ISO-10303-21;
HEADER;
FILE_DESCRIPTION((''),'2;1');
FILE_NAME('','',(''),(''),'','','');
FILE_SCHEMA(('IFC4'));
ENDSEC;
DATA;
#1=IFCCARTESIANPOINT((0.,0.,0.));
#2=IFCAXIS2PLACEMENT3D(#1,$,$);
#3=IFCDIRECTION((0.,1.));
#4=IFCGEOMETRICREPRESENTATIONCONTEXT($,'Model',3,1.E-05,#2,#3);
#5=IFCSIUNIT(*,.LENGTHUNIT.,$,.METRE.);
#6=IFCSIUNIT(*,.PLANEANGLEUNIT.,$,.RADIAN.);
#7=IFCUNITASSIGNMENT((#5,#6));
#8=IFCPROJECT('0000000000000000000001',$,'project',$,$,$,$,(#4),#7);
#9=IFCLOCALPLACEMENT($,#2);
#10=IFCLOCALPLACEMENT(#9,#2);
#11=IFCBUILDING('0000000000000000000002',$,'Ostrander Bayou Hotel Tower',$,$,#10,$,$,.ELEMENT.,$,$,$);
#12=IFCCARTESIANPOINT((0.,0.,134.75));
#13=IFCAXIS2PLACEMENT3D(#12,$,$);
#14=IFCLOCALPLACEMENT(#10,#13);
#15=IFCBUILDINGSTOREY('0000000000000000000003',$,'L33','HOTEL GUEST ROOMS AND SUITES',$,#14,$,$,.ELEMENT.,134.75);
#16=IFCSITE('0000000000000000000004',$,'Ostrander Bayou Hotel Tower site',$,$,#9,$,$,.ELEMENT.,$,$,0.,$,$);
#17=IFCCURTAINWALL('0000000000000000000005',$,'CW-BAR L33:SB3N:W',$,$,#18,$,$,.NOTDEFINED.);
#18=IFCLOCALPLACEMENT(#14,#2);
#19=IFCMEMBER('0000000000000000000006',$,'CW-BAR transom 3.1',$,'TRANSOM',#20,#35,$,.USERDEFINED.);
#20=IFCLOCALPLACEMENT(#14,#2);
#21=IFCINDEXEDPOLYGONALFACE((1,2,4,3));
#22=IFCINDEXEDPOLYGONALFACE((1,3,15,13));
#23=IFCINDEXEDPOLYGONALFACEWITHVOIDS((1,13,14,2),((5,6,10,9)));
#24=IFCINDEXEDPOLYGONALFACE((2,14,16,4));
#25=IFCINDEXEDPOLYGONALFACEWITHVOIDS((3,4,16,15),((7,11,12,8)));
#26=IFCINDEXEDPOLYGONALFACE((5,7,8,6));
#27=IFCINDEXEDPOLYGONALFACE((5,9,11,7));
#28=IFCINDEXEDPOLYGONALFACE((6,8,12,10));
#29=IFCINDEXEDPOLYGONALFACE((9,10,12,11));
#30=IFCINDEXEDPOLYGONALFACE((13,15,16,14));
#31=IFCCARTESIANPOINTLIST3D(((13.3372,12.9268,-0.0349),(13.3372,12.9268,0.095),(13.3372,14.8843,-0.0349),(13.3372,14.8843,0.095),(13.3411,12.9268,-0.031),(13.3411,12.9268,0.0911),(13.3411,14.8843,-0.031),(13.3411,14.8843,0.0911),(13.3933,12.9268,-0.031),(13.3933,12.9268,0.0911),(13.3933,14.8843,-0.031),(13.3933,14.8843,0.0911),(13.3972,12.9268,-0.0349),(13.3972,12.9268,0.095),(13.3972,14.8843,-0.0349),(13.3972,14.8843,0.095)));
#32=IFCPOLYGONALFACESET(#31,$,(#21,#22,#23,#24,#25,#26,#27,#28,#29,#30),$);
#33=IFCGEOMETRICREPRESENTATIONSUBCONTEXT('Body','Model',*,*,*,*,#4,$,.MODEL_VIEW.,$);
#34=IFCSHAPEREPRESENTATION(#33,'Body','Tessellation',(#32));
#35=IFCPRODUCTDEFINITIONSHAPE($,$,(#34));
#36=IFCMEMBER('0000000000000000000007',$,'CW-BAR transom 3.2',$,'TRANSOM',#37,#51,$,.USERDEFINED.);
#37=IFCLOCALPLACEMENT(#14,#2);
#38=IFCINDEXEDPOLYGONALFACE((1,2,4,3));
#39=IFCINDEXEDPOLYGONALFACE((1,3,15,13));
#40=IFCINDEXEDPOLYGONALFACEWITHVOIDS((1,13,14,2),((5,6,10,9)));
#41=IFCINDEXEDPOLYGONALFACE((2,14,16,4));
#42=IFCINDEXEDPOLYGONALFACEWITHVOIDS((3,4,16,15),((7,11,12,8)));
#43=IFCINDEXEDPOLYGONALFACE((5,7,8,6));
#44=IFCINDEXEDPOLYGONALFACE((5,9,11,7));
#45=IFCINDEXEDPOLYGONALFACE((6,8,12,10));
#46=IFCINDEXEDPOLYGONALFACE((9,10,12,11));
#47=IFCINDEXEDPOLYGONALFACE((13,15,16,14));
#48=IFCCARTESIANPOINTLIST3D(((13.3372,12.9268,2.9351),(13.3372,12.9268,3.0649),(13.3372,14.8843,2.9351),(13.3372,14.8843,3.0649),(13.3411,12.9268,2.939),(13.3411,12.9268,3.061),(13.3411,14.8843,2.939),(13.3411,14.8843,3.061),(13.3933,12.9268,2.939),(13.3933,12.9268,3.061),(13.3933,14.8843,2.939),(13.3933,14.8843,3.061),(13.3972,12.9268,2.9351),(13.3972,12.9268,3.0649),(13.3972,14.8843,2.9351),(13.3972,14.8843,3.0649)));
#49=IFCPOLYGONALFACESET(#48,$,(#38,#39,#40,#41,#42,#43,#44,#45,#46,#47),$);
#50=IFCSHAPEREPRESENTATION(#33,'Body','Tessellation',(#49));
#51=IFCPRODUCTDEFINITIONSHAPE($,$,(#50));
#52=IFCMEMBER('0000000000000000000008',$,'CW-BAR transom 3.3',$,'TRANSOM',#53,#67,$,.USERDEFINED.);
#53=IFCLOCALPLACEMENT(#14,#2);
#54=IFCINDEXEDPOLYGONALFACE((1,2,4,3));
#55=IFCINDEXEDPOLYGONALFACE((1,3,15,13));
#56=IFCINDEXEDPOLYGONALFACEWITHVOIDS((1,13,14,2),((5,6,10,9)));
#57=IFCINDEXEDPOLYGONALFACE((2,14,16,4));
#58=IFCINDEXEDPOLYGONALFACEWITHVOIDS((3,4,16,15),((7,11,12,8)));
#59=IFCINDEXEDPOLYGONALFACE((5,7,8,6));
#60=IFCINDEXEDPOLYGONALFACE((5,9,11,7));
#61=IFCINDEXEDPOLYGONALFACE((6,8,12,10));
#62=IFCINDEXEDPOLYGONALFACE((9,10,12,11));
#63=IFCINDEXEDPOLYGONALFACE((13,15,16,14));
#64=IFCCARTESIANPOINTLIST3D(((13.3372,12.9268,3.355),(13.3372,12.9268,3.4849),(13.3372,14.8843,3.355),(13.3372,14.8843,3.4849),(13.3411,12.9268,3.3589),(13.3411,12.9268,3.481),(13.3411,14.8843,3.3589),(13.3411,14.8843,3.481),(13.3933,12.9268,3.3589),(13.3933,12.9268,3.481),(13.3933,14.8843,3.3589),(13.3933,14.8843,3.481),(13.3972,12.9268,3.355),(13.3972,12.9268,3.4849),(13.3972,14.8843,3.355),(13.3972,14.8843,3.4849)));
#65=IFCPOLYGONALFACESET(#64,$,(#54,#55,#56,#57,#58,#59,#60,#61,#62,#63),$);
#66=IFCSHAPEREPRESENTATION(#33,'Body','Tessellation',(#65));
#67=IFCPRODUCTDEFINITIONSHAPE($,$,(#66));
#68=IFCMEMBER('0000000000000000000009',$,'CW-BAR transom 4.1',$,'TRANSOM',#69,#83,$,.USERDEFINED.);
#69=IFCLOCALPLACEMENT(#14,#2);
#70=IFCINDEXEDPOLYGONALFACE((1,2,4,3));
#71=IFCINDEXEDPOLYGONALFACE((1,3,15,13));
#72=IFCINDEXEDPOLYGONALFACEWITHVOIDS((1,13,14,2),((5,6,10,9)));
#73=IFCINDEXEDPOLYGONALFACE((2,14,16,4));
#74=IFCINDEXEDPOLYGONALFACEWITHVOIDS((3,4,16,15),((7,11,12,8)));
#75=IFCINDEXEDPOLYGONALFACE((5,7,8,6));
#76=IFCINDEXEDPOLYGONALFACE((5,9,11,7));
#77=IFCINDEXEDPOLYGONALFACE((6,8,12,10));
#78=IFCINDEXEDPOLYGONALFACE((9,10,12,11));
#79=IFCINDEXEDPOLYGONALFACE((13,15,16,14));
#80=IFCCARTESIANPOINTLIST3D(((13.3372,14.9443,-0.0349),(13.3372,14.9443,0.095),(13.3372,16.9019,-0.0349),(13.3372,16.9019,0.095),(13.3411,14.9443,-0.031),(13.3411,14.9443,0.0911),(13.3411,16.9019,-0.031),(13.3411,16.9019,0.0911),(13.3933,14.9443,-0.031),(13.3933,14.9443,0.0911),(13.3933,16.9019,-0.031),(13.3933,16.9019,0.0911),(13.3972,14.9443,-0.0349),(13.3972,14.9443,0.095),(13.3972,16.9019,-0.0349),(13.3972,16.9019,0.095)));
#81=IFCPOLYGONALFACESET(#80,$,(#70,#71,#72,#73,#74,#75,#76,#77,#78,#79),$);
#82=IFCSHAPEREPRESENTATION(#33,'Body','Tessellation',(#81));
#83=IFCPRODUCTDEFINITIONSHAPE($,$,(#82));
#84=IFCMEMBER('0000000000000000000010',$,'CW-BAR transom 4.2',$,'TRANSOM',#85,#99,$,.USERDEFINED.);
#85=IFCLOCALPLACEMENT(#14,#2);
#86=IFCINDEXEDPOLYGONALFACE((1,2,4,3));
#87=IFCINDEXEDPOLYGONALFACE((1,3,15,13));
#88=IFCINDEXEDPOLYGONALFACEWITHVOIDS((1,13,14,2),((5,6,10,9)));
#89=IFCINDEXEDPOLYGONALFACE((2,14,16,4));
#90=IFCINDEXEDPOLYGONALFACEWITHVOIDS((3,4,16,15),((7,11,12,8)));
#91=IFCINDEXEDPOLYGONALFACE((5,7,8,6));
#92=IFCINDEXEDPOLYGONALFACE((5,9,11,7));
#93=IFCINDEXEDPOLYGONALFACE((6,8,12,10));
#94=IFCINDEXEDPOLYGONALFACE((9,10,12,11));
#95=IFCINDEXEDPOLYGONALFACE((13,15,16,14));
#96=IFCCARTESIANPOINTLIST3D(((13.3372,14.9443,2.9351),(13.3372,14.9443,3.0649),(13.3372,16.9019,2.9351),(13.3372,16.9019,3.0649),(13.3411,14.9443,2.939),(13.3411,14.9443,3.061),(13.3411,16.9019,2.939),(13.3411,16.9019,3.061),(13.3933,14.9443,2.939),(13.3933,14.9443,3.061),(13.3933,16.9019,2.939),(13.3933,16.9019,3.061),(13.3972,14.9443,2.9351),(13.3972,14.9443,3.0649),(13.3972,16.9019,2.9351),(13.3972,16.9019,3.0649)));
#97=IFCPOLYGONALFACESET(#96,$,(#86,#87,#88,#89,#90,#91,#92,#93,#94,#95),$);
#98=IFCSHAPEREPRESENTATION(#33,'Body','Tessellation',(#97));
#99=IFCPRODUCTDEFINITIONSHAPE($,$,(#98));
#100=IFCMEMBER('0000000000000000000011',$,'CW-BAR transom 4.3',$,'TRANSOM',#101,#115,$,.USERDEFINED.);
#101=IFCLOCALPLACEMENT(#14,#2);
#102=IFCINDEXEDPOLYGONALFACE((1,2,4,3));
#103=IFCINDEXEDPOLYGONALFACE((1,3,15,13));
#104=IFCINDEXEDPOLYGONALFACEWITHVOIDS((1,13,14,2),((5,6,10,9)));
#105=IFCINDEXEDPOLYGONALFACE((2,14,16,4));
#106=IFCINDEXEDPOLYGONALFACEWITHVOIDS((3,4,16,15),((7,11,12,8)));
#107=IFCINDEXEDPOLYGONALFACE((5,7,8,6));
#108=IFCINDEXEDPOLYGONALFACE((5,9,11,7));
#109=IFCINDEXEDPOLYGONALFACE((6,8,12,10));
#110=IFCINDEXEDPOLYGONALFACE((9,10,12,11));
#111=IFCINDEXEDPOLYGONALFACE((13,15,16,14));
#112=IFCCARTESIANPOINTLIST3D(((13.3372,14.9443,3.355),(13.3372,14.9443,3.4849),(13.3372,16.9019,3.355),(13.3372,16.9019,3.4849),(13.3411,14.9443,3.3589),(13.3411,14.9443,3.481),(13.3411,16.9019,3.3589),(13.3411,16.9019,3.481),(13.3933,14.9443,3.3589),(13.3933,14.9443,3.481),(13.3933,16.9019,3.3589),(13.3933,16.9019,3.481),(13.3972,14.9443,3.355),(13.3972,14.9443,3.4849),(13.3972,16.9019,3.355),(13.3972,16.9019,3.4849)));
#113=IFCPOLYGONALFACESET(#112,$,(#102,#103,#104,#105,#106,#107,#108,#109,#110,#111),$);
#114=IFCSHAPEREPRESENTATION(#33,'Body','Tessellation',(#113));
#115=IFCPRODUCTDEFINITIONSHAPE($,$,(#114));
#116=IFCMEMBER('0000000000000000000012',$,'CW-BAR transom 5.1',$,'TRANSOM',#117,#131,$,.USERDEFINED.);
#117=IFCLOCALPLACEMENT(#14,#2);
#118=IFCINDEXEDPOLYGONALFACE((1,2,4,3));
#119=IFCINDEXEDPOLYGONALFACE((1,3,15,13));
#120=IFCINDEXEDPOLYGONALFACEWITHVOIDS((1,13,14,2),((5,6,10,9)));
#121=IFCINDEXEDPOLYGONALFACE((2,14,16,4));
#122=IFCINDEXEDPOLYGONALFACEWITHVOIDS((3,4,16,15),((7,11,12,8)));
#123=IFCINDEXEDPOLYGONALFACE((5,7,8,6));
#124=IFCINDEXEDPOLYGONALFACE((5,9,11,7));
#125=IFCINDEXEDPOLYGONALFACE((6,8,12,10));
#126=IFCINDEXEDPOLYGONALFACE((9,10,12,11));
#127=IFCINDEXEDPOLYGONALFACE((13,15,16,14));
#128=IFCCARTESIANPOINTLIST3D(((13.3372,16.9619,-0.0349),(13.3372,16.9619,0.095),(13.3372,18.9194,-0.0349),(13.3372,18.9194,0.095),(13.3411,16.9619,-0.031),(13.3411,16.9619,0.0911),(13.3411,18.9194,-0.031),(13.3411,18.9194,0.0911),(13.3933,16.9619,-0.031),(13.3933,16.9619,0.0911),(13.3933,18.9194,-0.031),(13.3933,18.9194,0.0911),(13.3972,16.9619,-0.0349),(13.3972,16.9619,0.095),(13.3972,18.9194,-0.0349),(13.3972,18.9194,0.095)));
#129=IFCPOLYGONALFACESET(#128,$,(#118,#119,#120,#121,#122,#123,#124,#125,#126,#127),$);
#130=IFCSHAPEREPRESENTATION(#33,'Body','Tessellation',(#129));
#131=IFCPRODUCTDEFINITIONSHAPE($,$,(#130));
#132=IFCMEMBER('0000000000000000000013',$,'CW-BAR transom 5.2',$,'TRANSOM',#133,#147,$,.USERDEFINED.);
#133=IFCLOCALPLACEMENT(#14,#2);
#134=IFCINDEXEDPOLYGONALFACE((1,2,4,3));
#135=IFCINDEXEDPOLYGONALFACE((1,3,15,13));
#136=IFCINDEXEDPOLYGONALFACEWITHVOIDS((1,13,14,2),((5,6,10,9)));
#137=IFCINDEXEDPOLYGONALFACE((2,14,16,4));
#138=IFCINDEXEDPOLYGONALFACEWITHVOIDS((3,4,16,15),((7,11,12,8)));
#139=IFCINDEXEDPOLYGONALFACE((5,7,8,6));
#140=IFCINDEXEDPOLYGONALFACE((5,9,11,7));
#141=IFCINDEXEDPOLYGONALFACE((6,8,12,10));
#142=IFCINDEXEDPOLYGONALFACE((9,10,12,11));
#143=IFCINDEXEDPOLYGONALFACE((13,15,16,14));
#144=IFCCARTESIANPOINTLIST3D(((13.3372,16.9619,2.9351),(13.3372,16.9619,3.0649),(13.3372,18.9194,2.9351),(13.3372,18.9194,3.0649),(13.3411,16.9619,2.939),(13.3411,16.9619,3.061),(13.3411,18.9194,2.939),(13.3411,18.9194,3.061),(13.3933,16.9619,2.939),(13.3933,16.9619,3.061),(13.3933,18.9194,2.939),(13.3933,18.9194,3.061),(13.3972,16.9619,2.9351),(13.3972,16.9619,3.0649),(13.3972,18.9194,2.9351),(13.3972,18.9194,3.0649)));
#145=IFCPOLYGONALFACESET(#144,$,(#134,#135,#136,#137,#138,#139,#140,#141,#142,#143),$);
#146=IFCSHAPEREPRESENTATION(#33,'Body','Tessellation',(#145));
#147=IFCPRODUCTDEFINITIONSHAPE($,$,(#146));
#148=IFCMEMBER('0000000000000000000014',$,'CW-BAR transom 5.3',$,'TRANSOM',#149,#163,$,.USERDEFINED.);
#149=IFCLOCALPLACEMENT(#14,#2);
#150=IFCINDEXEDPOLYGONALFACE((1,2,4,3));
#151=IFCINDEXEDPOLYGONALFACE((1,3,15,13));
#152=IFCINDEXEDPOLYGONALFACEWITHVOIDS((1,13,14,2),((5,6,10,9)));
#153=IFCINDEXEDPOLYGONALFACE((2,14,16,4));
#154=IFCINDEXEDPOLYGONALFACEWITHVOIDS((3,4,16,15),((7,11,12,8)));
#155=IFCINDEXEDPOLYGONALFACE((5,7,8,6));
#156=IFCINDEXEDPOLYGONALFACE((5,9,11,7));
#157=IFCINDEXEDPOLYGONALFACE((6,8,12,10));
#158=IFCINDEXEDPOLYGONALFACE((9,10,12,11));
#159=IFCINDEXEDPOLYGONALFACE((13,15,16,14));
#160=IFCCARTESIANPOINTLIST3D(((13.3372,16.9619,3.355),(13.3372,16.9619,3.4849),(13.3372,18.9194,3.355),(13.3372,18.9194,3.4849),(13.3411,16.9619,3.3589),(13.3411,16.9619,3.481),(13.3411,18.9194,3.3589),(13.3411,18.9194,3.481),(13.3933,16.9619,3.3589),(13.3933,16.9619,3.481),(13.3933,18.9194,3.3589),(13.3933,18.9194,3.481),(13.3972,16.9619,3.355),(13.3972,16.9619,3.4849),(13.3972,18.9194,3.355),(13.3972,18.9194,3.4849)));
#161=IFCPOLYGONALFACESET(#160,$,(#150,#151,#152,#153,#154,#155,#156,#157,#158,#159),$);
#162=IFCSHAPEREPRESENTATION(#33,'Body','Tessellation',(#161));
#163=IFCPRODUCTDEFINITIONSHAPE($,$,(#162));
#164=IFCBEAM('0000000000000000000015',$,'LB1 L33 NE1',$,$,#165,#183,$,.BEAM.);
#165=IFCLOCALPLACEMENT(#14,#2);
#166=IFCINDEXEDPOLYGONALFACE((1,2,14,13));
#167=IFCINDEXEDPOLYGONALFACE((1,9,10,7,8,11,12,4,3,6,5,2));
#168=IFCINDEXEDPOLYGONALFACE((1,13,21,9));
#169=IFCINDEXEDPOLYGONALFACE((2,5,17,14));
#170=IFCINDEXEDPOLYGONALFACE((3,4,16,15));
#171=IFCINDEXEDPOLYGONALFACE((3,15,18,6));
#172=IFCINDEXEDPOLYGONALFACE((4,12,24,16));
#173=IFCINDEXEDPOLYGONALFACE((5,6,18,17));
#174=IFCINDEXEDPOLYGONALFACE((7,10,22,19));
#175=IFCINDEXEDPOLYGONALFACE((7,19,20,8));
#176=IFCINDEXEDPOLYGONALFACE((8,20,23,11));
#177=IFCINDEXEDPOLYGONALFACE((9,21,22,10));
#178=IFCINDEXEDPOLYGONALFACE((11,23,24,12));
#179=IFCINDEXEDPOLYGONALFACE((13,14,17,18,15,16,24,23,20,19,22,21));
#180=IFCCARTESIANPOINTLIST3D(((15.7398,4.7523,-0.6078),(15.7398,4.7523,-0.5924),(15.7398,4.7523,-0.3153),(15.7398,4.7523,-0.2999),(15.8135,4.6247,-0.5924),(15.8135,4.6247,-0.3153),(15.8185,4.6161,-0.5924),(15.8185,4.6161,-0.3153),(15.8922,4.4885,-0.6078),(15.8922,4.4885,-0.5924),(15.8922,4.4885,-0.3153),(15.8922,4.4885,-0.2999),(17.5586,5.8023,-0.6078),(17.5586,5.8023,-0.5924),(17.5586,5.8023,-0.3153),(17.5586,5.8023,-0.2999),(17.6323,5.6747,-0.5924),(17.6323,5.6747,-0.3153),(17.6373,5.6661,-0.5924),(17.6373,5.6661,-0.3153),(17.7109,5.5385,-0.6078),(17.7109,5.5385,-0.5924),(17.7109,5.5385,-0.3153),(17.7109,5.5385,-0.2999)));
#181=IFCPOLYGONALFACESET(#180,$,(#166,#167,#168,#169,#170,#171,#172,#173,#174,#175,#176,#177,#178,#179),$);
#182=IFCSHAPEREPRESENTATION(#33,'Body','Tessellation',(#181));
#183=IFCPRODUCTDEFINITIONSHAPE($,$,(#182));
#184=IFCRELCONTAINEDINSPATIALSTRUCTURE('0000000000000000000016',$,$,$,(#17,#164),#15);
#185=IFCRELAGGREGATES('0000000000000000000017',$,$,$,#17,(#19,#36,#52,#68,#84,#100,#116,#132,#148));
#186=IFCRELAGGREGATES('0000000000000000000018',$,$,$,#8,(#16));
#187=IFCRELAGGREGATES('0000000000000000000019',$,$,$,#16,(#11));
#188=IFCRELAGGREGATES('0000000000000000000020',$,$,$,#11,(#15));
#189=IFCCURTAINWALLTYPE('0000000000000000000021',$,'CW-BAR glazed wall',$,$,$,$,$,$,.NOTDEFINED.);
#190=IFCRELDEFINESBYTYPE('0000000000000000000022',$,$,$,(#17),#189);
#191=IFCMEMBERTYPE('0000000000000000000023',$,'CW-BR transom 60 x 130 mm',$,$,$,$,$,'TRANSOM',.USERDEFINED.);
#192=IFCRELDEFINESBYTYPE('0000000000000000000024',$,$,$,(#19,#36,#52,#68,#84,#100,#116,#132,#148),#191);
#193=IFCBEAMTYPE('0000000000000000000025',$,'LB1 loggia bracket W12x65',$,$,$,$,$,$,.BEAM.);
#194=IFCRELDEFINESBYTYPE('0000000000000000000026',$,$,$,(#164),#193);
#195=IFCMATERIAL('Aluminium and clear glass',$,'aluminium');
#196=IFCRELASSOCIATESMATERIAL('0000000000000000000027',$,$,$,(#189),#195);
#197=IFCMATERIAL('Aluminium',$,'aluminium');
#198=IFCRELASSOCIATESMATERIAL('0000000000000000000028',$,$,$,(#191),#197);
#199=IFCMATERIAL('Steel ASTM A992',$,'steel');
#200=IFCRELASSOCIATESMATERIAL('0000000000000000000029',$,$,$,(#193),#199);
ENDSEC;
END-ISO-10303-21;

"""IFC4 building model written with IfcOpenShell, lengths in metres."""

from ifc_helpers import new_model, si_unit, direction, frame, origin, origin_2d, place, context, subcontext, project, spatial, hollow_rectangle, i_section, extrude, material, material_profile, profile_set, type_object, element, aggregate, save


model = new_model("IFC4")

# Units and contexts
model_context = context("Model", 3, precision=1e-05, world=origin(), true_north=direction((0.0, 1.0)))
body_context = subcontext(model_context, "Body", "Model", "MODEL_VIEW")
ifc_project = project(units=[si_unit("LENGTHUNIT", "METRE"), si_unit("PLANEANGLEUNIT", "RADIAN")], contexts=[model_context])

# Site, building, storey
site_placement = place(None, origin())
site = spatial("IfcSite", under=ifc_project, at=site_placement, Name="Ostrander Bayou Hotel Tower site", CompositionType="ELEMENT", RefElevation=0.0)
building_placement = place(site_placement, origin())
building = spatial("IfcBuilding", under=site, at=building_placement, Name="Ostrander Bayou Hotel Tower", CompositionType="ELEMENT")
storey_placement = place(building_placement, frame((0.0, 0.0, 134.75)))
storey = spatial("IfcBuildingStorey", under=building, at=storey_placement, Name="L33", Description="HOTEL GUEST ROOMS AND SUITES", CompositionType="ELEMENT", Elevation=134.75)

# Curtain wall, members
ifc_material_1 = material(Name="Aluminium and clear glass", Category="aluminium")
curtain_wall_type = type_object("IfcCurtainWallType", Name="CW-BAR glazed wall", PredefinedType="NOTDEFINED", material=ifc_material_1)
curtain_wall_placement = place(storey_placement, origin())
curtain_wall = element("IfcCurtainWall", 1, at=curtain_wall_placement, inside=storey, type_object=curtain_wall_type, Name="CW-BAR L33:SB3N:W", PredefinedType="NOTDEFINED")
ifc_material_2 = material(Name="Aluminium", Category="aluminium")
ifc_material_profile_1 = material_profile(ifc_material_2, hollow_rectangle(XDim=0.0601, YDim=0.1299, WallThickness=0.0039, at=origin_2d()))
ifc_profile_set_1 = profile_set([ifc_material_profile_1], Name="Aluminium")
member_type_1 = type_object("IfcMemberType", Name="CW-BR transom 60 x 130 mm", ElementType="TRANSOM", PredefinedType="USERDEFINED", material=ifc_profile_set_1)
member_1_placement = place(storey_placement, frame((13.3672, 12.9268, 0.03), z_axis=(0.0, 1.0, 0.0), x_axis=(-1.0, 0.0, 0.0)))
member_1 = element("IfcMember", 2, at=member_1_placement, type_object=member_type_1, Name="CW-BAR transom 3.1", ObjectType="TRANSOM", PredefinedType="USERDEFINED", context=body_context, shape_type="SweptSolid", body=[
    extrude(hollow_rectangle(XDim=0.0601, YDim=0.1299, WallThickness=0.0039, at=origin_2d()), origin(), (0.0, 0.0, 1.0), 1.9575),
])
member_2_placement = place(storey_placement, frame((13.3672, 12.9268, 3.0), z_axis=(0.0, 1.0, 0.0), x_axis=(-1.0, 0.0, 0.0)))
member_2 = element("IfcMember", 3, at=member_2_placement, type_object=member_type_1, Name="CW-BAR transom 3.2", ObjectType="TRANSOM", PredefinedType="USERDEFINED", context=body_context, shape_type="SweptSolid", body=[
    extrude(hollow_rectangle(XDim=0.0601, YDim=0.1299, WallThickness=0.0039, at=origin_2d()), origin(), (0.0, 0.0, 1.0), 1.9575),
])
member_3_placement = place(storey_placement, frame((13.3672, 12.9268, 3.4199), z_axis=(0.0, 1.0, 0.0), x_axis=(-1.0, 0.0, 0.0)))
member_3 = element("IfcMember", 4, at=member_3_placement, type_object=member_type_1, Name="CW-BAR transom 3.3", ObjectType="TRANSOM", PredefinedType="USERDEFINED", context=body_context, shape_type="SweptSolid", body=[
    extrude(hollow_rectangle(XDim=0.0601, YDim=0.1299, WallThickness=0.0039, at=origin_2d()), origin(), (0.0, 0.0, 1.0), 1.9575),
])
member_4_placement = place(storey_placement, frame((13.3672, 14.9443, 0.03), z_axis=(0.0, 1.0, 0.0), x_axis=(-1.0, 0.0, 0.0)))
member_4 = element("IfcMember", 5, at=member_4_placement, type_object=member_type_1, Name="CW-BAR transom 4.1", ObjectType="TRANSOM", PredefinedType="USERDEFINED", context=body_context, shape_type="SweptSolid", body=[
    extrude(hollow_rectangle(XDim=0.0601, YDim=0.1299, WallThickness=0.0039, at=origin_2d()), origin(), (0.0, 0.0, 1.0), 1.9575),
])
member_5_placement = place(storey_placement, frame((13.3672, 14.9443, 3.0), z_axis=(0.0, 1.0, 0.0), x_axis=(-1.0, 0.0, 0.0)))
member_5 = element("IfcMember", 6, at=member_5_placement, type_object=member_type_1, Name="CW-BAR transom 4.2", ObjectType="TRANSOM", PredefinedType="USERDEFINED", context=body_context, shape_type="SweptSolid", body=[
    extrude(hollow_rectangle(XDim=0.0601, YDim=0.1299, WallThickness=0.0039, at=origin_2d()), origin(), (0.0, 0.0, 1.0), 1.9575),
])
member_6_placement = place(storey_placement, frame((13.3672, 14.9443, 3.4199), z_axis=(0.0, 1.0, 0.0), x_axis=(-1.0, 0.0, 0.0)))
member_6 = element("IfcMember", 7, at=member_6_placement, type_object=member_type_1, Name="CW-BAR transom 4.3", ObjectType="TRANSOM", PredefinedType="USERDEFINED", context=body_context, shape_type="SweptSolid", body=[
    extrude(hollow_rectangle(XDim=0.0601, YDim=0.1299, WallThickness=0.0039, at=origin_2d()), origin(), (0.0, 0.0, 1.0), 1.9575),
])
member_7_placement = place(storey_placement, frame((13.3672, 16.9619, 0.03), z_axis=(0.0, 1.0, 0.0), x_axis=(-1.0, 0.0, 0.0)))
member_7 = element("IfcMember", 8, at=member_7_placement, type_object=member_type_1, Name="CW-BAR transom 5.1", ObjectType="TRANSOM", PredefinedType="USERDEFINED", context=body_context, shape_type="SweptSolid", body=[
    extrude(hollow_rectangle(XDim=0.0601, YDim=0.1299, WallThickness=0.0039, at=origin_2d()), origin(), (0.0, 0.0, 1.0), 1.9575),
])
member_8_placement = place(storey_placement, frame((13.3672, 16.9619, 3.0), z_axis=(0.0, 1.0, 0.0), x_axis=(-1.0, 0.0, 0.0)))
member_8 = element("IfcMember", 9, at=member_8_placement, type_object=member_type_1, Name="CW-BAR transom 5.2", ObjectType="TRANSOM", PredefinedType="USERDEFINED", context=body_context, shape_type="SweptSolid", body=[
    extrude(hollow_rectangle(XDim=0.0601, YDim=0.1299, WallThickness=0.0039, at=origin_2d()), origin(), (0.0, 0.0, 1.0), 1.9575),
])
member_9_placement = place(storey_placement, frame((13.3672, 16.9619, 3.4199), z_axis=(0.0, 1.0, 0.0), x_axis=(-1.0, 0.0, 0.0)))
member_9 = element("IfcMember", 10, at=member_9_placement, type_object=member_type_1, Name="CW-BAR transom 5.3", ObjectType="TRANSOM", PredefinedType="USERDEFINED", context=body_context, shape_type="SweptSolid", body=[
    extrude(hollow_rectangle(XDim=0.0601, YDim=0.1299, WallThickness=0.0039, at=origin_2d()), origin(), (0.0, 0.0, 1.0), 1.9575),
])

# Beam
ifc_material_3 = material(Name="Steel ASTM A992", Category="steel")
ifc_material_profile_2 = material_profile(ifc_material_3, i_section(OverallWidth=0.3047, OverallDepth=0.3079, WebThickness=0.01, FlangeThickness=0.0154, at=origin_2d()))
ifc_profile_set_2 = profile_set([ifc_material_profile_2], Name="Steel ASTM A992")
beam_type_1 = type_object("IfcBeamType", Name="LB1 loggia bracket W12x65", PredefinedType="BEAM", material=ifc_profile_set_2)
for number, where, z_axis, x_axis, name in (
    (11, (17.6348, 5.6704, -0.4539), (-0.866038, -0.499977, 0.0), (0.499977, -0.866038, 0.0), "LB1 L33 NE1"),
):
    element("IfcBeam", number, at=place(storey_placement, frame(where, z_axis=z_axis, x_axis=x_axis)), inside=storey, type_object=beam_type_1, Name=name, PredefinedType="BEAM", context=body_context, shape_type="SweptSolid", body=[
        extrude(i_section(OverallWidth=0.3047, OverallDepth=0.3079, WebThickness=0.01, FlangeThickness=0.0154, at=origin_2d()), origin(), (0.0, 0.0, 1.0), 2.1001),
    ])

aggregate(curtain_wall, [member_1, member_2, member_3, member_4, member_5, member_6, member_7, member_8, member_9])

save(model, "model.ifc")
